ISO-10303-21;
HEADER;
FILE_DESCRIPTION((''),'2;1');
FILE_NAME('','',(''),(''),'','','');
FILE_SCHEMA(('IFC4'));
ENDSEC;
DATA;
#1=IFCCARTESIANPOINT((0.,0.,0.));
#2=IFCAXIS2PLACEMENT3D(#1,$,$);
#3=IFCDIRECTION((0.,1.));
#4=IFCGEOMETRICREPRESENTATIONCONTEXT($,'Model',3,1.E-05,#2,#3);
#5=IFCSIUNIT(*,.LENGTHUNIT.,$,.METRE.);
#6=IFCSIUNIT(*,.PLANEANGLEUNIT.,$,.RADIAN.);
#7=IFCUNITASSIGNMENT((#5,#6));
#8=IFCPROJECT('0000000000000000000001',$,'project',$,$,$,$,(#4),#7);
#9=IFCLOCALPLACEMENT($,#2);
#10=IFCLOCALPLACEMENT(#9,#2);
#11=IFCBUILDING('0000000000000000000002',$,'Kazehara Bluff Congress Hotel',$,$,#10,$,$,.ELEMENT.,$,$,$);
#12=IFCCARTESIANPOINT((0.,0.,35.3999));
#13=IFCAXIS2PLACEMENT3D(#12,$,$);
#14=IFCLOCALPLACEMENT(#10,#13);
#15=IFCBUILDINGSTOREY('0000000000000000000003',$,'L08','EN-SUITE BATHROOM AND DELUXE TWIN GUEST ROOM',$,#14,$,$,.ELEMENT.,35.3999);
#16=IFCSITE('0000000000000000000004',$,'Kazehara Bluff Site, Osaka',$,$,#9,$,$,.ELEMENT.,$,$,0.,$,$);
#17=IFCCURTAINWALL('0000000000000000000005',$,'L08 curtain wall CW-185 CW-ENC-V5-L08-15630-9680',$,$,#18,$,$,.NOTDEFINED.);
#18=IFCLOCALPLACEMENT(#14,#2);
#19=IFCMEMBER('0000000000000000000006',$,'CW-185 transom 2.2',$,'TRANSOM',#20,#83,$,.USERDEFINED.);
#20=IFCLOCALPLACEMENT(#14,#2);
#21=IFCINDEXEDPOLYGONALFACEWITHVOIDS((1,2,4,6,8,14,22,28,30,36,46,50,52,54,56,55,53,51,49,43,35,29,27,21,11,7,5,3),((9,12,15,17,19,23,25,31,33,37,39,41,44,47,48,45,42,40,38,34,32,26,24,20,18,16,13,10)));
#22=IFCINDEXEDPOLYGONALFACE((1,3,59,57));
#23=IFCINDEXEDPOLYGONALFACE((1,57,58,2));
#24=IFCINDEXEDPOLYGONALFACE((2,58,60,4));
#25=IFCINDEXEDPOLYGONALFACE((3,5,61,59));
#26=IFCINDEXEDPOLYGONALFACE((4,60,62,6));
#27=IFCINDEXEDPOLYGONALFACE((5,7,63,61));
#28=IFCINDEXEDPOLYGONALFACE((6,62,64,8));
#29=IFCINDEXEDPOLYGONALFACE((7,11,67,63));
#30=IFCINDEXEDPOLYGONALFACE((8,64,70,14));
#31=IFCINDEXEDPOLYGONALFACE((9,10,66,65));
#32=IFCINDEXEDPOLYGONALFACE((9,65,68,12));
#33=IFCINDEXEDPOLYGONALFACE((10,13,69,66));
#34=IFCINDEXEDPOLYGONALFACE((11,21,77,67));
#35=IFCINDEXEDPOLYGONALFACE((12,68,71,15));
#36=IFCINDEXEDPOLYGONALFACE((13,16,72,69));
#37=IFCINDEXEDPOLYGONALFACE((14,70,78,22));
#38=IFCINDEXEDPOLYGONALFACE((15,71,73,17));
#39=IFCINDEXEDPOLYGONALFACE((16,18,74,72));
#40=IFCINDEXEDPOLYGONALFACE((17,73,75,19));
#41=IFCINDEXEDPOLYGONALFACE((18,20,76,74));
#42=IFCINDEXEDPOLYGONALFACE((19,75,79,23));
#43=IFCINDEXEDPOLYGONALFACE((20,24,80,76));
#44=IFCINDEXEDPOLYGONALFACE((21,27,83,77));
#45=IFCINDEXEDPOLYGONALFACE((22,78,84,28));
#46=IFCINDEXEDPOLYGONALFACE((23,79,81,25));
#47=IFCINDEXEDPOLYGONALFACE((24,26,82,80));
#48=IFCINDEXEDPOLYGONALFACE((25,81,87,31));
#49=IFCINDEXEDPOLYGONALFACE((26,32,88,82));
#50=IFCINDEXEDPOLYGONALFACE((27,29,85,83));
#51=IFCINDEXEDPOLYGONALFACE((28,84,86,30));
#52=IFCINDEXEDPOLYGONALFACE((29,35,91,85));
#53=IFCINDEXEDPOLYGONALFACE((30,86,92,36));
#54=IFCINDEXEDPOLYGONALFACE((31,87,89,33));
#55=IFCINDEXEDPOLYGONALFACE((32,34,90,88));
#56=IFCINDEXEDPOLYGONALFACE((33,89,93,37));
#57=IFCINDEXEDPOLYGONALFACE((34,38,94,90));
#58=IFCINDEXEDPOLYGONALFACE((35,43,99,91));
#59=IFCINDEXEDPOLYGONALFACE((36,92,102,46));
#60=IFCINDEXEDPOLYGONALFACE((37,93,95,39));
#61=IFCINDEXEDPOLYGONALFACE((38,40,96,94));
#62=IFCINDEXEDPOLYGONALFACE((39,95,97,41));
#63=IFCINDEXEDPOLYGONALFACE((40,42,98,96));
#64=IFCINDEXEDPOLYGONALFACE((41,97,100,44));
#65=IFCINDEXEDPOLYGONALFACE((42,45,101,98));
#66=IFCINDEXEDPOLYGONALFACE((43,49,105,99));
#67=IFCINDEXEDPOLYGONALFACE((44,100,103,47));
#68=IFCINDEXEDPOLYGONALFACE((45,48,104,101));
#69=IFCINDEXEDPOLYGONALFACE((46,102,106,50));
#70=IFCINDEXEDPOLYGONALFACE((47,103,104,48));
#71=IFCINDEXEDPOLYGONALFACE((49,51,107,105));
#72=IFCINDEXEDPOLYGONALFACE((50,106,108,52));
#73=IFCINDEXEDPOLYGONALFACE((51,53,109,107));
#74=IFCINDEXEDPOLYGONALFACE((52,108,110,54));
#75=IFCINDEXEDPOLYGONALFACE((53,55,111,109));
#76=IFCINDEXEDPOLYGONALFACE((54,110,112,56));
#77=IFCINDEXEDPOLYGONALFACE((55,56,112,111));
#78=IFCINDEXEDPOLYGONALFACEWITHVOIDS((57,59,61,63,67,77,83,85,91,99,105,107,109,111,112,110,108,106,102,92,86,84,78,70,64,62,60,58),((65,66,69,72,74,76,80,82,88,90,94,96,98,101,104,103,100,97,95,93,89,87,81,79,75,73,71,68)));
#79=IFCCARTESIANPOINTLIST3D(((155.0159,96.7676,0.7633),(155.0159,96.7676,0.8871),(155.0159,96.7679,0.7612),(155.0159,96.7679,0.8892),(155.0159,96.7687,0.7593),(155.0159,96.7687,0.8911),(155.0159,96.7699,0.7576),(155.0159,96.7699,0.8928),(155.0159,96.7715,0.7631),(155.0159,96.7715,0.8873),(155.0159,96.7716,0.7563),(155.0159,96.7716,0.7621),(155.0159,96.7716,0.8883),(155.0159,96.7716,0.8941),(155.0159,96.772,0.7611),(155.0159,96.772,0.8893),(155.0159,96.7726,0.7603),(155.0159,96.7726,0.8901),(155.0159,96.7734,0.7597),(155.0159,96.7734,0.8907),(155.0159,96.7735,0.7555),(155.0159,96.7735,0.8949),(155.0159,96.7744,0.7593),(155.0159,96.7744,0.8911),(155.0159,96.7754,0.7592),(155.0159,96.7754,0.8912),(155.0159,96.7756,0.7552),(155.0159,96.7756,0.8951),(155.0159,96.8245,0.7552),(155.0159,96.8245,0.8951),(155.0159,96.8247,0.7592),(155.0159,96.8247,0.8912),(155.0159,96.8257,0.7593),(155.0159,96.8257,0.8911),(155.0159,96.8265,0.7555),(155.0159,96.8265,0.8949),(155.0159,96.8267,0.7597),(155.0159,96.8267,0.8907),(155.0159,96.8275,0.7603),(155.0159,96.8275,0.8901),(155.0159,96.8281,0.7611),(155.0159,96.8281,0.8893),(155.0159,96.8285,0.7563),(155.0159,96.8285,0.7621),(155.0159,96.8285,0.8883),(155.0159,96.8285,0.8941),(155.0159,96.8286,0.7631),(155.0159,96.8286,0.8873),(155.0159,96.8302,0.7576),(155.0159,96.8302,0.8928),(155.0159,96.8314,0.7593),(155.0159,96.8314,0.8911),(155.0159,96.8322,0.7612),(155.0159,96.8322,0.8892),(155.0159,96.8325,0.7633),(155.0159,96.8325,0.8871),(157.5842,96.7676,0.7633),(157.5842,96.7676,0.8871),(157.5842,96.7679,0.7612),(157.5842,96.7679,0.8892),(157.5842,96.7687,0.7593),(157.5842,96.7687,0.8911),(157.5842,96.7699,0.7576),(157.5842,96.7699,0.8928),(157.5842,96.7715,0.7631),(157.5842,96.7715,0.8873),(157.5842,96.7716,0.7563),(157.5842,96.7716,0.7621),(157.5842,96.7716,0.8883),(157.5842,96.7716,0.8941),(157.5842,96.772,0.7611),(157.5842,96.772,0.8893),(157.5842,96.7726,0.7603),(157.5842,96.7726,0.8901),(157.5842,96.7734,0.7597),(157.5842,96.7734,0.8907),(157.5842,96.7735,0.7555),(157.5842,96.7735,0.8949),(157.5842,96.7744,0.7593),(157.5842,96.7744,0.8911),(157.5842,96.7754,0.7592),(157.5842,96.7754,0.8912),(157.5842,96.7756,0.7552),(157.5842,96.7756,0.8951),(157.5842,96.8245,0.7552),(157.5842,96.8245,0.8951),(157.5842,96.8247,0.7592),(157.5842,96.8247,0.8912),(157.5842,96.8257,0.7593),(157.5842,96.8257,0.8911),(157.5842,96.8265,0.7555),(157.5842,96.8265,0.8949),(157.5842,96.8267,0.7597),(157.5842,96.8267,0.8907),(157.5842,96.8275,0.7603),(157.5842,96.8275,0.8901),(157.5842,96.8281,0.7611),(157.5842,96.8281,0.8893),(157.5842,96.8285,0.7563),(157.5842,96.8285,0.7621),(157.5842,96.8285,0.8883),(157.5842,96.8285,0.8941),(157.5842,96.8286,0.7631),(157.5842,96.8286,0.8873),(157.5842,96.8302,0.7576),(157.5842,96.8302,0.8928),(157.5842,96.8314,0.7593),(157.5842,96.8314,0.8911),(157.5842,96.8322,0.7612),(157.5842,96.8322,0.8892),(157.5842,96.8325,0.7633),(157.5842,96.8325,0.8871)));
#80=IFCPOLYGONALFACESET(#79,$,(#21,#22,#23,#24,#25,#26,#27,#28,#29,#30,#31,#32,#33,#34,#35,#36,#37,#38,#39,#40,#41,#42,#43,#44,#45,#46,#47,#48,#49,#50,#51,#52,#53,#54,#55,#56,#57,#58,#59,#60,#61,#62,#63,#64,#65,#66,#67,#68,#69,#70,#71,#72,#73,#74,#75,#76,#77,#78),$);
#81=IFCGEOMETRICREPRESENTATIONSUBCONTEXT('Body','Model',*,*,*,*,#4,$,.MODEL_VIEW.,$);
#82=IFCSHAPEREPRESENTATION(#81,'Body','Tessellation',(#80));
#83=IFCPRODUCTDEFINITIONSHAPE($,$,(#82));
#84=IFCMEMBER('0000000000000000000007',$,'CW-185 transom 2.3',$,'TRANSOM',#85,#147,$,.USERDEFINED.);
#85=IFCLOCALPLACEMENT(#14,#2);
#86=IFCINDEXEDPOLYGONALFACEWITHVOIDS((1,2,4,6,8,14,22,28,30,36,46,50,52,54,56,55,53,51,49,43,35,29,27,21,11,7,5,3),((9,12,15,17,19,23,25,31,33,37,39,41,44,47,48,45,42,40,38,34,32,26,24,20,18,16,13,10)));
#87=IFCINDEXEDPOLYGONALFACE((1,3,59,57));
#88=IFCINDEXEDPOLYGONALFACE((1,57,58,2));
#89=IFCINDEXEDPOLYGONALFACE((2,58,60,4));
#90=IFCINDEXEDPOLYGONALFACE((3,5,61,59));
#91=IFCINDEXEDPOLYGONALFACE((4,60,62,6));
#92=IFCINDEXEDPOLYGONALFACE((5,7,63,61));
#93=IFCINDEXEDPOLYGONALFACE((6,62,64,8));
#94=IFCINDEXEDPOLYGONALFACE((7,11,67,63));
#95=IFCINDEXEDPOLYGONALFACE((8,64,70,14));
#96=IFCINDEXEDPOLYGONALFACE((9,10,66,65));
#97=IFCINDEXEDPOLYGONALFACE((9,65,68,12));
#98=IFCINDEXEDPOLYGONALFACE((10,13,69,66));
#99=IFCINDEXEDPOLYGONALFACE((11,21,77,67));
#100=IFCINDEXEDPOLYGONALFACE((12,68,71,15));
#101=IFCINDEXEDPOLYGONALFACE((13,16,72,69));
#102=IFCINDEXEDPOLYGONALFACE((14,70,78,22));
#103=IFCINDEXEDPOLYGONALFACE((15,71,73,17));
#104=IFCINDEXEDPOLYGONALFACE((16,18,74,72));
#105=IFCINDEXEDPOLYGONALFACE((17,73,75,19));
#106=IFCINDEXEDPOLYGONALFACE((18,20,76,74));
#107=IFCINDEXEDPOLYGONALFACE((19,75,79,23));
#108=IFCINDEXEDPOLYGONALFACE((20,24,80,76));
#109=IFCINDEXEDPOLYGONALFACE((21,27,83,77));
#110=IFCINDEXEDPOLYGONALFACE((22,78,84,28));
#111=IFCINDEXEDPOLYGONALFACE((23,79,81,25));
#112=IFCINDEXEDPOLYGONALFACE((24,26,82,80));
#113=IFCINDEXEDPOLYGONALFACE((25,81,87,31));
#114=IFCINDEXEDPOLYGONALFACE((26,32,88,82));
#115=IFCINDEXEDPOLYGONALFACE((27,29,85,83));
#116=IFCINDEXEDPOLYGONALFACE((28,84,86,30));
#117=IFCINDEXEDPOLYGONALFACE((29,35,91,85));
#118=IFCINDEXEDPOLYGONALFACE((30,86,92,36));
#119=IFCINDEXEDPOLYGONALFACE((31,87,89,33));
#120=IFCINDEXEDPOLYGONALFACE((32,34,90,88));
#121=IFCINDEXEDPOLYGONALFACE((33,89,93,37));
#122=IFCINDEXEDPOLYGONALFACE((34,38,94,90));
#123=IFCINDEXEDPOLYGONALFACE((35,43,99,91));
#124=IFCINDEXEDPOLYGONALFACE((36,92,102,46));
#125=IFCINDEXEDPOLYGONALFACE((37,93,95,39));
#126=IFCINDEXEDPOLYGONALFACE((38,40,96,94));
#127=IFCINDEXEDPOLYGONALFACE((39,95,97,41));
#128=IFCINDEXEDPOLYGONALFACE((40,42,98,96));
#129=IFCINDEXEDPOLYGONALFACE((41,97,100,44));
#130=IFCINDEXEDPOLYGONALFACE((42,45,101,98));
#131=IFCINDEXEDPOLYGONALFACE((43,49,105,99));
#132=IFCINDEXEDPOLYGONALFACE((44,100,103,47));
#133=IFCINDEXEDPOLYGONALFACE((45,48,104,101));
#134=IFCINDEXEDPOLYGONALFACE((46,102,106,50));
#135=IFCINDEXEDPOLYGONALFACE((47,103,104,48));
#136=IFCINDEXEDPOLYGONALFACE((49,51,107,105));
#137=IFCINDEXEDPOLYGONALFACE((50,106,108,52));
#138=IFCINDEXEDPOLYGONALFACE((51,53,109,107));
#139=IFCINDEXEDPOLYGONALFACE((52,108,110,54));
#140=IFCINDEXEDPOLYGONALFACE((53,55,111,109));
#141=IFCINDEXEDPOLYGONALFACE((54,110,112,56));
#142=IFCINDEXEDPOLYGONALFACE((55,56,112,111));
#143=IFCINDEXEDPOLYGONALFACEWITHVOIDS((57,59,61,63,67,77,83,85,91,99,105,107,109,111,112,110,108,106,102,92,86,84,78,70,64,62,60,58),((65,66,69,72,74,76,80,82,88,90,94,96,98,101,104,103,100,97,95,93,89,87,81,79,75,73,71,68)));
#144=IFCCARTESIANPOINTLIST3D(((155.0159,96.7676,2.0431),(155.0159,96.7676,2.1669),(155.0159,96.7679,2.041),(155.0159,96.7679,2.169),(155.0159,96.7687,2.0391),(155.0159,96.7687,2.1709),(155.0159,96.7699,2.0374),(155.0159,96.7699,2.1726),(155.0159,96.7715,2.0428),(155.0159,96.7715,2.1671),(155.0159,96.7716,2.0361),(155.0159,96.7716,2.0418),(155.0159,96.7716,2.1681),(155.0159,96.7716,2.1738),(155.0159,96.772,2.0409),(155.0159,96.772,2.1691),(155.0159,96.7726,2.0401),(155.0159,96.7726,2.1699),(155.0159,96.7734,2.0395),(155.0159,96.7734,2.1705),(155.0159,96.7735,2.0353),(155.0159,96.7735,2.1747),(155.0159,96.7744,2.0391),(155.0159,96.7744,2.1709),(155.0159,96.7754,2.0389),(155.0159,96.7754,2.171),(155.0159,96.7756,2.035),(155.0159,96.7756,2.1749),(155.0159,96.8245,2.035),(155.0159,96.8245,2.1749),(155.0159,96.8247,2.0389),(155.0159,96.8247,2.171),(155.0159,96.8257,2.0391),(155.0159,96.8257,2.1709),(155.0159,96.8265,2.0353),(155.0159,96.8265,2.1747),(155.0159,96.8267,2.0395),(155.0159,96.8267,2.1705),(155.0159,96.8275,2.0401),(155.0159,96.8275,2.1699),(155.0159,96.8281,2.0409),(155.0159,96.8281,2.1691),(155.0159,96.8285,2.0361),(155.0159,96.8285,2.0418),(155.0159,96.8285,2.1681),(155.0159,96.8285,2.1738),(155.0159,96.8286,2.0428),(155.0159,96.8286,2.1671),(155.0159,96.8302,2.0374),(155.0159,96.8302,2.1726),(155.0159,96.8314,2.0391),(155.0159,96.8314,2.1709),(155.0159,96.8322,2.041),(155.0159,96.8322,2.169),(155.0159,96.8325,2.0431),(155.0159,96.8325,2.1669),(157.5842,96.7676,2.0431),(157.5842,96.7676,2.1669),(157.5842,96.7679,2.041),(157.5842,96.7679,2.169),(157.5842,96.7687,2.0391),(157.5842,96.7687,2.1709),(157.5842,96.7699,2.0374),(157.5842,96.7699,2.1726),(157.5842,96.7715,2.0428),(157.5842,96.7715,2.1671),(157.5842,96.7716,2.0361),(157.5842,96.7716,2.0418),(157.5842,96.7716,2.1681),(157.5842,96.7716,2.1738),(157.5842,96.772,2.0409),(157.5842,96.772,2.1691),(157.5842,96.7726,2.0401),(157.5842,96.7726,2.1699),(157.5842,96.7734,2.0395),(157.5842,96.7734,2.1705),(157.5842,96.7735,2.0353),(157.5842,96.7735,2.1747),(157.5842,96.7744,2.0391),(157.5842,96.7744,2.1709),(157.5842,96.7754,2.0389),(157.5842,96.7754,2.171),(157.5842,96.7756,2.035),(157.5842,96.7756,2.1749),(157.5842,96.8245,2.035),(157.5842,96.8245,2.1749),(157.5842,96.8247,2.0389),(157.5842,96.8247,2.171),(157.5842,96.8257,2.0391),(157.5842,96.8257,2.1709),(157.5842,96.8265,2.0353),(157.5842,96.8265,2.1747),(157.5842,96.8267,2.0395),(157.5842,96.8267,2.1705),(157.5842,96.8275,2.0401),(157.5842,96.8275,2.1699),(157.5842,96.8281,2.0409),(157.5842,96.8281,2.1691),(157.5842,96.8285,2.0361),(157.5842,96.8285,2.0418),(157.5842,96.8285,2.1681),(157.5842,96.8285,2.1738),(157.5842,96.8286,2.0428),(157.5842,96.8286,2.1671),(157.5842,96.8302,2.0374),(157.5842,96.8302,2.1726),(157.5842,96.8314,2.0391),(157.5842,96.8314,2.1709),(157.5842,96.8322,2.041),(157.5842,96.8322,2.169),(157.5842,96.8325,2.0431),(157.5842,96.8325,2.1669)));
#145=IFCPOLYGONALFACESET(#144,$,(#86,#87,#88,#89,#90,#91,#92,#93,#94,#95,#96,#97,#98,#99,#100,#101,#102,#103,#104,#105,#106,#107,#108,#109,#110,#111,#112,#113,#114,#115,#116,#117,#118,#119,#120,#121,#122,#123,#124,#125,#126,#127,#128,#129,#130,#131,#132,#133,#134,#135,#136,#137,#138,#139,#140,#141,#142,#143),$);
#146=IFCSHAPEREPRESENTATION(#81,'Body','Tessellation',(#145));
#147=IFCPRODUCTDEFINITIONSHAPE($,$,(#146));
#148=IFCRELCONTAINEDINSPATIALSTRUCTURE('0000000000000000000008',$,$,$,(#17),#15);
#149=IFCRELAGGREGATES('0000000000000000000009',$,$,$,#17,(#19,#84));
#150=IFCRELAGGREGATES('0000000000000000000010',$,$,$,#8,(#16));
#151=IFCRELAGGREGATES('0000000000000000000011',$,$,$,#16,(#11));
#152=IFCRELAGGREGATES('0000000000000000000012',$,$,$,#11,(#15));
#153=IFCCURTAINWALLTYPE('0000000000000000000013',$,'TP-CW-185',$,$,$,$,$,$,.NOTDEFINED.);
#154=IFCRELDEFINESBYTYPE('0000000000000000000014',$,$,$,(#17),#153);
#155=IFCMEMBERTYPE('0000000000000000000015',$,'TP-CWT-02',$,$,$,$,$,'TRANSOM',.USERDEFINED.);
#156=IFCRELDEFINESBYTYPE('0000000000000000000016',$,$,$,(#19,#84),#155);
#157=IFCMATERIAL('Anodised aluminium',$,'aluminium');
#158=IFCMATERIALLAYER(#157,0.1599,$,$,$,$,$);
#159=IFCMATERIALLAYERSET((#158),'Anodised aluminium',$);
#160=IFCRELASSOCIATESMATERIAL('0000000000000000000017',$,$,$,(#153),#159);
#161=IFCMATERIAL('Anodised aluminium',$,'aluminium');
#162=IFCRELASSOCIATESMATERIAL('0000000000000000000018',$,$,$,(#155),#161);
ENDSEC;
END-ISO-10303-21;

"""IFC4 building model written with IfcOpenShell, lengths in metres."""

from ifc_helpers import new_model, si_unit, direction, frame, origin, origin_2d, place, context, subcontext, project, spatial, hollow_rectangle, extrude, material, layer, layer_set, material_profile, profile_set, type_object, element, aggregate, save


model = new_model("IFC4")

# Units and contexts
model_context = context("Model", 3, precision=1e-05, world=origin(), true_north=direction((0.0, 1.0)))
body_context = subcontext(model_context, "Body", "Model", "MODEL_VIEW")
ifc_project = project(units=[si_unit("LENGTHUNIT", "METRE"), si_unit("PLANEANGLEUNIT", "RADIAN")], contexts=[model_context])

# Site, building, storey
site_placement = place(None, origin())
site = spatial("IfcSite", under=ifc_project, at=site_placement, Name="Kazehara Bluff Site, Osaka", CompositionType="ELEMENT", RefElevation=0.0)
building_placement = place(site_placement, origin())
building = spatial("IfcBuilding", under=site, at=building_placement, Name="Kazehara Bluff Congress Hotel", CompositionType="ELEMENT")
storey_placement = place(building_placement, frame((0.0, 0.0, 35.3999)))
storey = spatial("IfcBuildingStorey", under=building, at=storey_placement, Name="L08", Description="EN-SUITE BATHROOM AND DELUXE TWIN GUEST ROOM", CompositionType="ELEMENT", Elevation=35.3999)

# Curtain wall, members
ifc_material_1 = material(Name="Anodised aluminium", Category="aluminium")
ifc_layer_1 = layer(ifc_material_1, 0.1599)
ifc_layer_set_1 = layer_set([ifc_layer_1], Name="Anodised aluminium")
curtain_wall_type = type_object("IfcCurtainWallType", Name="TP-CW-185", PredefinedType="NOTDEFINED", material=ifc_layer_set_1)
curtain_wall_placement = place(storey_placement, origin())
curtain_wall = element("IfcCurtainWall", 1, at=curtain_wall_placement, inside=storey, type_object=curtain_wall_type, Name="L08 curtain wall CW-185 CW-ENC-V5-L08-15630-9680", PredefinedType="NOTDEFINED")
ifc_material_2 = material(Name="Anodised aluminium", Category="aluminium")
ifc_material_profile_1 = material_profile(ifc_material_2, hollow_rectangle(XDim=0.0649, YDim=0.1399, WallThickness=0.0039, InnerFilletRadius=0.0039, OuterFilletRadius=0.0081, at=origin_2d()))
ifc_profile_set_1 = profile_set([ifc_material_profile_1], Name="Anodised aluminium")
member_type_1 = type_object("IfcMemberType", Name="TP-CWT-02", ElementType="TRANSOM", PredefinedType="USERDEFINED", material=ifc_profile_set_1)
member_1_placement = place(storey_placement, frame((155.0159, 96.8, 0.8252), z_axis=(1.0, 0.0, 0.0), x_axis=(0.0, 1.0, 0.0)))
member_1 = element("IfcMember", 2, at=member_1_placement, type_object=member_type_1, Name="CW-185 transom 2.2", ObjectType="TRANSOM", PredefinedType="USERDEFINED", context=body_context, shape_type="SweptSolid", body=[
    extrude(hollow_rectangle(XDim=0.0649, YDim=0.1399, WallThickness=0.0039, InnerFilletRadius=0.0039, OuterFilletRadius=0.0081, at=origin_2d()), origin(), (0.0, 0.0, 1.0), 2.5684),
])
member_2_placement = place(storey_placement, frame((155.0159, 96.8, 2.105), z_axis=(1.0, 0.0, 0.0), x_axis=(0.0, 1.0, 0.0)))
member_2 = element("IfcMember", 3, at=member_2_placement, type_object=member_type_1, Name="CW-185 transom 2.3", ObjectType="TRANSOM", PredefinedType="USERDEFINED", context=body_context, shape_type="SweptSolid", body=[
    extrude(hollow_rectangle(XDim=0.0649, YDim=0.1399, WallThickness=0.0039, InnerFilletRadius=0.0039, OuterFilletRadius=0.0081, at=origin_2d()), origin(), (0.0, 0.0, 1.0), 2.5684),
])
aggregate(curtain_wall, [member_1, member_2])

save(model, "model.ifc")
